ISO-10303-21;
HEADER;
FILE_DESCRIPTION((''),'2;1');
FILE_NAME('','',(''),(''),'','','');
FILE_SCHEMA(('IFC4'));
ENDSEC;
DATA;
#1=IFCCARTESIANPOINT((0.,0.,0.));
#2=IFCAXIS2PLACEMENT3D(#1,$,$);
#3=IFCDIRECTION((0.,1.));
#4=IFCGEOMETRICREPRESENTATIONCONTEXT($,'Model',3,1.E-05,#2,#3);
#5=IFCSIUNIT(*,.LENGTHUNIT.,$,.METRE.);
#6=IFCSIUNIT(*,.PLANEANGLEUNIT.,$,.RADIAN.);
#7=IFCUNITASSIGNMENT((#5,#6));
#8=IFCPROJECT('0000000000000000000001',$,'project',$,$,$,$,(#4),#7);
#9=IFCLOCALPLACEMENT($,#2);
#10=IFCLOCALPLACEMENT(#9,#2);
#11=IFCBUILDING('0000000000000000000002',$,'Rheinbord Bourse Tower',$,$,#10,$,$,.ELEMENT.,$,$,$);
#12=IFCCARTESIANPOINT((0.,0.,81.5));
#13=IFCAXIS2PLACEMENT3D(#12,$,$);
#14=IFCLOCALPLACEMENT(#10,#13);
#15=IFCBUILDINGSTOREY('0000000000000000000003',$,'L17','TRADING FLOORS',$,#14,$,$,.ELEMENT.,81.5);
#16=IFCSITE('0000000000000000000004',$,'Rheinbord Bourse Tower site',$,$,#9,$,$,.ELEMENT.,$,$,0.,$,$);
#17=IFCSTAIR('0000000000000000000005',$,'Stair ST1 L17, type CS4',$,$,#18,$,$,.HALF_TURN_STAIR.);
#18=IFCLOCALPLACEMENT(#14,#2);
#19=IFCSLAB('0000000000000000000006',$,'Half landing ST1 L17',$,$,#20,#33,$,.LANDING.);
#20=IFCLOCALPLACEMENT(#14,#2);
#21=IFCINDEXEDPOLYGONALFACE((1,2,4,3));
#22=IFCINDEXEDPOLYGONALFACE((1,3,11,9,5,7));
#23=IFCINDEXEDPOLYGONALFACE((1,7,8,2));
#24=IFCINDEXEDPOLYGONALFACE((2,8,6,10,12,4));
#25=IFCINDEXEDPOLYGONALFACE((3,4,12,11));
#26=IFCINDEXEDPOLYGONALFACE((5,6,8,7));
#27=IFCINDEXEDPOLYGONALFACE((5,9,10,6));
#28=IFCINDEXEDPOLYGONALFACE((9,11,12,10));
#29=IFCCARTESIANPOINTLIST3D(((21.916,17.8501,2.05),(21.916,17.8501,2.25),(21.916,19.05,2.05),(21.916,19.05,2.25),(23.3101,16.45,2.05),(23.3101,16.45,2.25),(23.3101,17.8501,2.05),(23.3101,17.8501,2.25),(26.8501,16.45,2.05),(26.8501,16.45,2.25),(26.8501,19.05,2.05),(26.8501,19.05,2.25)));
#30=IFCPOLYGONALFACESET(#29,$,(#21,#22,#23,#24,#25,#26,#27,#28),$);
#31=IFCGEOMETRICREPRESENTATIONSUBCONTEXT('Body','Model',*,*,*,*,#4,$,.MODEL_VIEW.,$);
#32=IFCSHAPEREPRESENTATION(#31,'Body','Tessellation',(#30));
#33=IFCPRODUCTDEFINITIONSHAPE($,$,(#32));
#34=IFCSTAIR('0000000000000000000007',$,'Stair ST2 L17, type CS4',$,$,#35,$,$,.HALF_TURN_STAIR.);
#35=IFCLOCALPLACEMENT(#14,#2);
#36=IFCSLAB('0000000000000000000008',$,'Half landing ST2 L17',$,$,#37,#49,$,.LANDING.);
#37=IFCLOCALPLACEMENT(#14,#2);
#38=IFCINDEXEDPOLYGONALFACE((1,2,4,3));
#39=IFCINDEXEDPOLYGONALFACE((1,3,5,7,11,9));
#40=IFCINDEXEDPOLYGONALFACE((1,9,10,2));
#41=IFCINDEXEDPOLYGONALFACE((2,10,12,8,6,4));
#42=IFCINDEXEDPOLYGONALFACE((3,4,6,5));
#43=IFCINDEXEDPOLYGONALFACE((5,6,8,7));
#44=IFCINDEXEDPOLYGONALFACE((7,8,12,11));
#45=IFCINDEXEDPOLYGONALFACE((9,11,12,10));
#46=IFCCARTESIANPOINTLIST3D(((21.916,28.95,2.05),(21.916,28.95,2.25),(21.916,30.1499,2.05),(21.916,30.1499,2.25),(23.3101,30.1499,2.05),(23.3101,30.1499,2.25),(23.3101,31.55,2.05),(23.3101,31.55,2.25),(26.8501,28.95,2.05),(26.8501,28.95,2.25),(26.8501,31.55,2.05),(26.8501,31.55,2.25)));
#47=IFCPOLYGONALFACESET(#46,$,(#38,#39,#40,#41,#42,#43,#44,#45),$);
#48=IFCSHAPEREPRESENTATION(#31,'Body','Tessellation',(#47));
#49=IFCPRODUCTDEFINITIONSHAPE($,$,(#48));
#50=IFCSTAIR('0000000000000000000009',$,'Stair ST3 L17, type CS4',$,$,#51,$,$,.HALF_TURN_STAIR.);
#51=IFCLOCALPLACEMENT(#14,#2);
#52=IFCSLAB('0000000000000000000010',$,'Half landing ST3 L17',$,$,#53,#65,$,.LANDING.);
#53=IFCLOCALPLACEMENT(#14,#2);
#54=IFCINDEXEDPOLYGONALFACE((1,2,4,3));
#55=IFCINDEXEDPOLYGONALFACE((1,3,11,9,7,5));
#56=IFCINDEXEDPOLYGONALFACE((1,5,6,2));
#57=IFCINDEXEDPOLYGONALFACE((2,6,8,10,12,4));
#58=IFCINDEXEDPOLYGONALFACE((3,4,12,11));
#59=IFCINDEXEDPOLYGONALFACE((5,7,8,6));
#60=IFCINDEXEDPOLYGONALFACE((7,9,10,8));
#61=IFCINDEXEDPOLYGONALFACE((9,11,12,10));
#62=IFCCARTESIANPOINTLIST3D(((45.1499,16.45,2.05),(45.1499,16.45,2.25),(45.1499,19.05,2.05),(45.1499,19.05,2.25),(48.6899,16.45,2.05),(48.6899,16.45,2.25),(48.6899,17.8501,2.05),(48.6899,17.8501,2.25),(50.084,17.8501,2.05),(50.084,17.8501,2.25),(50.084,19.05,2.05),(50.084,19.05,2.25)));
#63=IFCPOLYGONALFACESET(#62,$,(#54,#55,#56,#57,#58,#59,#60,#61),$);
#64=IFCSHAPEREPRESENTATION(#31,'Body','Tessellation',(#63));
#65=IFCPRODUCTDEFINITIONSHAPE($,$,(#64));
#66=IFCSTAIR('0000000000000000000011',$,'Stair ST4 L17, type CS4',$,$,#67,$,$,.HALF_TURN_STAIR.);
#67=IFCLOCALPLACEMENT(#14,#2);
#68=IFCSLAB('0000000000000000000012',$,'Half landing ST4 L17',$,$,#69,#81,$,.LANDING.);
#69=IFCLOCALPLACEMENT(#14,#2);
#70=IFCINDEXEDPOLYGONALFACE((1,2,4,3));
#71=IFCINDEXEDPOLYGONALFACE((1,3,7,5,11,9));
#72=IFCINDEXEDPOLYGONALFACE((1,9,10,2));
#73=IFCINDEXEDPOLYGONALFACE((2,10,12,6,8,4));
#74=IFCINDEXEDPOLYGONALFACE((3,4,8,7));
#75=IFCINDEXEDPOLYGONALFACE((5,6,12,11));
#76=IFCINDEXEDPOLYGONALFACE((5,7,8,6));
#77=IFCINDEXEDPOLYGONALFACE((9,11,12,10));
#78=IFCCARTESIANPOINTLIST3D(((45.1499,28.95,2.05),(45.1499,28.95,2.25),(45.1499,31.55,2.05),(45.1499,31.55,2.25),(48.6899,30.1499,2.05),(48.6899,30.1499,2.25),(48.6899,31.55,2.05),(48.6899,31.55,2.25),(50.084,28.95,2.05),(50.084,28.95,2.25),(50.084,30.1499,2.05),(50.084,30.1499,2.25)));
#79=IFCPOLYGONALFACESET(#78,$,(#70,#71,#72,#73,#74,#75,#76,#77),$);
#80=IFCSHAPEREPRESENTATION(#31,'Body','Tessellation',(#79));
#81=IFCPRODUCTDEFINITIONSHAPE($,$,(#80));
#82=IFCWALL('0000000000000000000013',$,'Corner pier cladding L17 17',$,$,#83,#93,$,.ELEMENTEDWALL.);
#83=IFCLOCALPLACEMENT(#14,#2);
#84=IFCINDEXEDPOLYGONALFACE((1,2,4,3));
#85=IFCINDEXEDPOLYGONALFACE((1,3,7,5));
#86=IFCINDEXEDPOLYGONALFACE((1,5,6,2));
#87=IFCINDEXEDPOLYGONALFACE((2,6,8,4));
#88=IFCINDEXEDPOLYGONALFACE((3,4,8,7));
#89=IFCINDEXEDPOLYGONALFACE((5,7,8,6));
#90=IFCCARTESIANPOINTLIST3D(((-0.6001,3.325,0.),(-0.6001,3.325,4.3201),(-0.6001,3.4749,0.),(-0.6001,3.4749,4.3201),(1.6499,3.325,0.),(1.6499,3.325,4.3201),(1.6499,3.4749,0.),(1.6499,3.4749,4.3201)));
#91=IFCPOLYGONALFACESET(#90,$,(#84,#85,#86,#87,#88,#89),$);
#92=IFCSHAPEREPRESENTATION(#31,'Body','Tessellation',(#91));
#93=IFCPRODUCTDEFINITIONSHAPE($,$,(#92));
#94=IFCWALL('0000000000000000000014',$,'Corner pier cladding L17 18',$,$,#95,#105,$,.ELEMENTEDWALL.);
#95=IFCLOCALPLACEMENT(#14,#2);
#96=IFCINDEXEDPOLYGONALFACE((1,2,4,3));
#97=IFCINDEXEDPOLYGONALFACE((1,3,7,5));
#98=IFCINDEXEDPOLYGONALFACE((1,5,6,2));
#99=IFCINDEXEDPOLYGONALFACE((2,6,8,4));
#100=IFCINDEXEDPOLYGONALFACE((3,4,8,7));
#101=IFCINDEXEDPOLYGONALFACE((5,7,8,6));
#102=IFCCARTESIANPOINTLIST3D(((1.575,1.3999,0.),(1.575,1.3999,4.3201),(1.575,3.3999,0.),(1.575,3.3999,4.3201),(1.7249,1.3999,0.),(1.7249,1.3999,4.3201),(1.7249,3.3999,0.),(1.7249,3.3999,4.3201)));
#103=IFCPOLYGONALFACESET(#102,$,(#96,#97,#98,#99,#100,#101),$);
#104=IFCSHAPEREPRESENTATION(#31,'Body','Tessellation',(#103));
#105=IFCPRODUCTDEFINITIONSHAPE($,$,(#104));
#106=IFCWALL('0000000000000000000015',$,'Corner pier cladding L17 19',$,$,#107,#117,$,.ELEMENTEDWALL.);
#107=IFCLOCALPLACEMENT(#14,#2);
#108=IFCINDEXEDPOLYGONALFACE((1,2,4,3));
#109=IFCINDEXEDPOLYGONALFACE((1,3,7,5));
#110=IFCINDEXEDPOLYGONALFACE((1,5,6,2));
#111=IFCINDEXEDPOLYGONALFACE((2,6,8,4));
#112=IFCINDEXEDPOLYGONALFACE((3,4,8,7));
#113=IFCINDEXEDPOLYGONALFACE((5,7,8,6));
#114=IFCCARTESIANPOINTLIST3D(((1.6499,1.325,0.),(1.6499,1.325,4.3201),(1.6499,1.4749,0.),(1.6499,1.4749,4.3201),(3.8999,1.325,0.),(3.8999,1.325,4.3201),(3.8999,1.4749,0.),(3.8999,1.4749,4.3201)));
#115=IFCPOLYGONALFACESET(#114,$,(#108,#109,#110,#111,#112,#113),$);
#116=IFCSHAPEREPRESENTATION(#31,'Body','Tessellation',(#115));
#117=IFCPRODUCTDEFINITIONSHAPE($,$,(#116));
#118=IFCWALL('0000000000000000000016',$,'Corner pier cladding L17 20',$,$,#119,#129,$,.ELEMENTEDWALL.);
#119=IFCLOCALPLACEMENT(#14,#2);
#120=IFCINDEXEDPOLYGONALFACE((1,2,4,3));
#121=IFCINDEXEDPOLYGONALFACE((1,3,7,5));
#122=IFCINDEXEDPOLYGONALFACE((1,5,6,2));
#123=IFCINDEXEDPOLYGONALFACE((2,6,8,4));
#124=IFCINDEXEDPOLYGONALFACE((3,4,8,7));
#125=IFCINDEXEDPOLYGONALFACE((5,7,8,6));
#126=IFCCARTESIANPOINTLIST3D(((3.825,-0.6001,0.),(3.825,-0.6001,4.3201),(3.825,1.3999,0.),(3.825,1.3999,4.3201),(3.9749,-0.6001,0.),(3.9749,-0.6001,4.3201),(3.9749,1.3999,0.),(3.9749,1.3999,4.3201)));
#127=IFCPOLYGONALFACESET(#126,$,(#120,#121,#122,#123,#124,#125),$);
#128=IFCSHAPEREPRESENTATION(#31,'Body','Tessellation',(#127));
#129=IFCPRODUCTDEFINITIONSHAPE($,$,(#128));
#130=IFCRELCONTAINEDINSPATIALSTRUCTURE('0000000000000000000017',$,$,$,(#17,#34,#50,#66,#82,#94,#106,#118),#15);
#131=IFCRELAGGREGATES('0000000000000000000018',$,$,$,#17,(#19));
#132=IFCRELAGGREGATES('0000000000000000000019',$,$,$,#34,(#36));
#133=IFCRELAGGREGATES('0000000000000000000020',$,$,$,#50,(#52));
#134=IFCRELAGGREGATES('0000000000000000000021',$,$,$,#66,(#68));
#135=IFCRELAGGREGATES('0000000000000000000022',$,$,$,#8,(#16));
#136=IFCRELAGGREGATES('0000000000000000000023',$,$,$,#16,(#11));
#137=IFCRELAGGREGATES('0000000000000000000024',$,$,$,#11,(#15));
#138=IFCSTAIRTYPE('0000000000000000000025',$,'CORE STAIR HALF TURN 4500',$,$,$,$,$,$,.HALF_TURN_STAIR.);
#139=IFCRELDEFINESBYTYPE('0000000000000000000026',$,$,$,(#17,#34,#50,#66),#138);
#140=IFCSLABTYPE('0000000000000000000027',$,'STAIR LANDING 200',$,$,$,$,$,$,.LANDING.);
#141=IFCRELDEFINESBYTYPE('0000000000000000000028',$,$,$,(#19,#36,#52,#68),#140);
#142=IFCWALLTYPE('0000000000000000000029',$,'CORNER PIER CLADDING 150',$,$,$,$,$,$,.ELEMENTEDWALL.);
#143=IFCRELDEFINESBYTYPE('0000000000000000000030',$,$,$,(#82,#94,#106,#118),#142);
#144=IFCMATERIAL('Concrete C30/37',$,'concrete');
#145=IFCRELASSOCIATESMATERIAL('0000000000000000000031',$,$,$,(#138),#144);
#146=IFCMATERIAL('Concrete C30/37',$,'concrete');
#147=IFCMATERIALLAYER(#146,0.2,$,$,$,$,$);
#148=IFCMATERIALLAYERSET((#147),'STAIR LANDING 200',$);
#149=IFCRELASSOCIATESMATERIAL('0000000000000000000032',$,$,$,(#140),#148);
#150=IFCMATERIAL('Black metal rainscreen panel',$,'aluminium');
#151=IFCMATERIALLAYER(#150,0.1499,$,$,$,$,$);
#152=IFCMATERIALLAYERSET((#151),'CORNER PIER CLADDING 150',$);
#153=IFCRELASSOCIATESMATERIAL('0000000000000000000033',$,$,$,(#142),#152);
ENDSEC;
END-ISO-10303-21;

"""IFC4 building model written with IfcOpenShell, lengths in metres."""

from ifc_helpers import new_model, si_unit, direction, frame, frame_2d, origin, place, context, subcontext, project, spatial, polyline, rectangle, outline, extrude, material, layer, layer_set, type_object, element, aggregate, save


model = new_model("IFC4")

# Units and contexts
model_context = context("Model", 3, precision=1e-05, world=origin(), true_north=direction((0.0, 1.0)))
body_context = subcontext(model_context, "Body", "Model", "MODEL_VIEW")
ifc_project = project(units=[si_unit("LENGTHUNIT", "METRE"), si_unit("PLANEANGLEUNIT", "RADIAN")], contexts=[model_context])

# Site, building, storey
site_placement = place(None, origin())
site = spatial("IfcSite", under=ifc_project, at=site_placement, Name="Rheinbord Bourse Tower site", CompositionType="ELEMENT", RefElevation=0.0)
building_placement = place(site_placement, origin())
building = spatial("IfcBuilding", under=site, at=building_placement, Name="Rheinbord Bourse Tower", CompositionType="ELEMENT")
storey_placement = place(building_placement, frame((0.0, 0.0, 81.5)))
storey = spatial("IfcBuildingStorey", under=building, at=storey_placement, Name="L17", Description="TRADING FLOORS", CompositionType="ELEMENT", Elevation=81.5)

# Stairs, slabs
ifc_material_1 = material(Name="Concrete C30/37", Category="concrete")
stair_type = type_object("IfcStairType", Name="CORE STAIR HALF TURN 4500", PredefinedType="HALF_TURN_STAIR", material=ifc_material_1)
stair_1_placement = place(storey_placement, origin())
stair_1 = element("IfcStair", 1, at=stair_1_placement, inside=storey, type_object=stair_type, Name="Stair ST1 L17, type CS4", PredefinedType="HALF_TURN_STAIR")
ifc_material_2 = material(Name="Concrete C30/37", Category="concrete")
ifc_layer_1 = layer(ifc_material_2, 0.2)
ifc_layer_set_1 = layer_set([ifc_layer_1], Name="STAIR LANDING 200")
slab_type_1 = type_object("IfcSlabType", Name="STAIR LANDING 200", PredefinedType="LANDING", material=ifc_layer_set_1)
slab_1_placement = place(storey_placement, frame((0.0, 0.0, 2.05)))
slab_1 = element("IfcSlab", 2, at=slab_1_placement, type_object=slab_type_1, Name="Half landing ST1 L17", PredefinedType="LANDING", context=body_context, shape_type="SweptSolid", body=[
    extrude(outline(polyline([(23.3101, 16.45), (26.8501, 16.45), (26.8501, 19.05), (21.916, 19.05), (21.916, 17.8501), (23.3101, 17.8501), (23.3101, 16.45)])), origin(), (0.0, 0.0, 1.0), 0.2),
])
aggregate(stair_1, [slab_1])
stair_2_placement = place(storey_placement, origin())
stair_2 = element("IfcStair", 3, at=stair_2_placement, inside=storey, type_object=stair_type, Name="Stair ST2 L17, type CS4", PredefinedType="HALF_TURN_STAIR")
slab_2_placement = place(storey_placement, frame((0.0, 0.0, 2.05)))
slab_2 = element("IfcSlab", 4, at=slab_2_placement, type_object=slab_type_1, Name="Half landing ST2 L17", PredefinedType="LANDING", context=body_context, shape_type="SweptSolid", body=[
    extrude(outline(polyline([(21.916, 28.95), (26.8501, 28.95), (26.8501, 31.55), (23.3101, 31.55), (23.3101, 30.1499), (21.916, 30.1499), (21.916, 28.95)])), origin(), (0.0, 0.0, 1.0), 0.2),
])
aggregate(stair_2, [slab_2])
stair_3_placement = place(storey_placement, origin())
stair_3 = element("IfcStair", 5, at=stair_3_placement, inside=storey, type_object=stair_type, Name="Stair ST3 L17, type CS4", PredefinedType="HALF_TURN_STAIR")
slab_3_placement = place(storey_placement, frame((0.0, 0.0, 2.05)))
slab_3 = element("IfcSlab", 6, at=slab_3_placement, type_object=slab_type_1, Name="Half landing ST3 L17", PredefinedType="LANDING", context=body_context, shape_type="SweptSolid", body=[
    extrude(outline(polyline([(45.1499, 16.45), (48.6899, 16.45), (48.6899, 17.8501), (50.084, 17.8501), (50.084, 19.05), (45.1499, 19.05), (45.1499, 16.45)])), origin(), (0.0, 0.0, 1.0), 0.2),
])
aggregate(stair_3, [slab_3])
stair_4_placement = place(storey_placement, origin())
stair_4 = element("IfcStair", 7, at=stair_4_placement, inside=storey, type_object=stair_type, Name="Stair ST4 L17, type CS4", PredefinedType="HALF_TURN_STAIR")
slab_4_placement = place(storey_placement, frame((0.0, 0.0, 2.05)))
slab_4 = element("IfcSlab", 8, at=slab_4_placement, type_object=slab_type_1, Name="Half landing ST4 L17", PredefinedType="LANDING", context=body_context, shape_type="SweptSolid", body=[
    extrude(outline(polyline([(45.1499, 28.95), (50.084, 28.95), (50.084, 30.1499), (48.6899, 30.1499), (48.6899, 31.55), (45.1499, 31.55), (45.1499, 28.95)])), origin(), (0.0, 0.0, 1.0), 0.2),
])
aggregate(stair_4, [slab_4])

# Walls
ifc_material_3 = material(Name="Black metal rainscreen panel", Category="aluminium")
ifc_layer_2 = layer(ifc_material_3, 0.1499)
ifc_layer_set_2 = layer_set([ifc_layer_2], Name="CORNER PIER CLADDING 150")
wall_type = type_object("IfcWallType", Name="CORNER PIER CLADDING 150", PredefinedType="ELEMENTEDWALL", material=ifc_layer_set_2)
wall_1_placement = place(storey_placement, frame((-0.6001, 3.3999, 0.0), z_axis=(0.0, 0.0, 1.0), x_axis=(1.0, 0.0, 0.0)))
element("IfcWall", 9, at=wall_1_placement, inside=storey, type_object=wall_type, Name="Corner pier cladding L17 17", PredefinedType="ELEMENTEDWALL", context=body_context, shape_type="SweptSolid", body=[
    extrude(rectangle(XDim=2.25, YDim=0.1499, at=frame_2d((1.125, 0.0))), origin(), (0.0, 0.0, 1.0), 4.3201),
])
wall_2_placement = place(storey_placement, frame((1.6499, 3.3999, 0.0), z_axis=(0.0, 0.0, 1.0), x_axis=(0.0, -1.0, 0.0)))
element("IfcWall", 10, at=wall_2_placement, inside=storey, type_object=wall_type, Name="Corner pier cladding L17 18", PredefinedType="ELEMENTEDWALL", context=body_context, shape_type="SweptSolid", body=[
    extrude(rectangle(XDim=2.0, YDim=0.1499, at=frame_2d((1.0, 0.0))), origin(), (0.0, 0.0, 1.0), 4.3201),
])
wall_3_placement = place(storey_placement, frame((1.6499, 1.3999, 0.0), z_axis=(0.0, 0.0, 1.0), x_axis=(1.0, 0.0, 0.0)))
element("IfcWall", 11, at=wall_3_placement, inside=storey, type_object=wall_type, Name="Corner pier cladding L17 19", PredefinedType="ELEMENTEDWALL", context=body_context, shape_type="SweptSolid", body=[
    extrude(rectangle(XDim=2.25, YDim=0.1499, at=frame_2d((1.125, 0.0))), origin(), (0.0, 0.0, 1.0), 4.3201),
])
wall_4_placement = place(storey_placement, frame((3.8999, 1.3999, 0.0), z_axis=(0.0, 0.0, 1.0), x_axis=(0.0, -1.0, 0.0)))
element("IfcWall", 12, at=wall_4_placement, inside=storey, type_object=wall_type, Name="Corner pier cladding L17 20", PredefinedType="ELEMENTEDWALL", context=body_context, shape_type="SweptSolid", body=[
    extrude(rectangle(XDim=2.0, YDim=0.1499, at=frame_2d((1.0, 0.0))), origin(), (0.0, 0.0, 1.0), 4.3201),
])

save(model, "model.ifc")
